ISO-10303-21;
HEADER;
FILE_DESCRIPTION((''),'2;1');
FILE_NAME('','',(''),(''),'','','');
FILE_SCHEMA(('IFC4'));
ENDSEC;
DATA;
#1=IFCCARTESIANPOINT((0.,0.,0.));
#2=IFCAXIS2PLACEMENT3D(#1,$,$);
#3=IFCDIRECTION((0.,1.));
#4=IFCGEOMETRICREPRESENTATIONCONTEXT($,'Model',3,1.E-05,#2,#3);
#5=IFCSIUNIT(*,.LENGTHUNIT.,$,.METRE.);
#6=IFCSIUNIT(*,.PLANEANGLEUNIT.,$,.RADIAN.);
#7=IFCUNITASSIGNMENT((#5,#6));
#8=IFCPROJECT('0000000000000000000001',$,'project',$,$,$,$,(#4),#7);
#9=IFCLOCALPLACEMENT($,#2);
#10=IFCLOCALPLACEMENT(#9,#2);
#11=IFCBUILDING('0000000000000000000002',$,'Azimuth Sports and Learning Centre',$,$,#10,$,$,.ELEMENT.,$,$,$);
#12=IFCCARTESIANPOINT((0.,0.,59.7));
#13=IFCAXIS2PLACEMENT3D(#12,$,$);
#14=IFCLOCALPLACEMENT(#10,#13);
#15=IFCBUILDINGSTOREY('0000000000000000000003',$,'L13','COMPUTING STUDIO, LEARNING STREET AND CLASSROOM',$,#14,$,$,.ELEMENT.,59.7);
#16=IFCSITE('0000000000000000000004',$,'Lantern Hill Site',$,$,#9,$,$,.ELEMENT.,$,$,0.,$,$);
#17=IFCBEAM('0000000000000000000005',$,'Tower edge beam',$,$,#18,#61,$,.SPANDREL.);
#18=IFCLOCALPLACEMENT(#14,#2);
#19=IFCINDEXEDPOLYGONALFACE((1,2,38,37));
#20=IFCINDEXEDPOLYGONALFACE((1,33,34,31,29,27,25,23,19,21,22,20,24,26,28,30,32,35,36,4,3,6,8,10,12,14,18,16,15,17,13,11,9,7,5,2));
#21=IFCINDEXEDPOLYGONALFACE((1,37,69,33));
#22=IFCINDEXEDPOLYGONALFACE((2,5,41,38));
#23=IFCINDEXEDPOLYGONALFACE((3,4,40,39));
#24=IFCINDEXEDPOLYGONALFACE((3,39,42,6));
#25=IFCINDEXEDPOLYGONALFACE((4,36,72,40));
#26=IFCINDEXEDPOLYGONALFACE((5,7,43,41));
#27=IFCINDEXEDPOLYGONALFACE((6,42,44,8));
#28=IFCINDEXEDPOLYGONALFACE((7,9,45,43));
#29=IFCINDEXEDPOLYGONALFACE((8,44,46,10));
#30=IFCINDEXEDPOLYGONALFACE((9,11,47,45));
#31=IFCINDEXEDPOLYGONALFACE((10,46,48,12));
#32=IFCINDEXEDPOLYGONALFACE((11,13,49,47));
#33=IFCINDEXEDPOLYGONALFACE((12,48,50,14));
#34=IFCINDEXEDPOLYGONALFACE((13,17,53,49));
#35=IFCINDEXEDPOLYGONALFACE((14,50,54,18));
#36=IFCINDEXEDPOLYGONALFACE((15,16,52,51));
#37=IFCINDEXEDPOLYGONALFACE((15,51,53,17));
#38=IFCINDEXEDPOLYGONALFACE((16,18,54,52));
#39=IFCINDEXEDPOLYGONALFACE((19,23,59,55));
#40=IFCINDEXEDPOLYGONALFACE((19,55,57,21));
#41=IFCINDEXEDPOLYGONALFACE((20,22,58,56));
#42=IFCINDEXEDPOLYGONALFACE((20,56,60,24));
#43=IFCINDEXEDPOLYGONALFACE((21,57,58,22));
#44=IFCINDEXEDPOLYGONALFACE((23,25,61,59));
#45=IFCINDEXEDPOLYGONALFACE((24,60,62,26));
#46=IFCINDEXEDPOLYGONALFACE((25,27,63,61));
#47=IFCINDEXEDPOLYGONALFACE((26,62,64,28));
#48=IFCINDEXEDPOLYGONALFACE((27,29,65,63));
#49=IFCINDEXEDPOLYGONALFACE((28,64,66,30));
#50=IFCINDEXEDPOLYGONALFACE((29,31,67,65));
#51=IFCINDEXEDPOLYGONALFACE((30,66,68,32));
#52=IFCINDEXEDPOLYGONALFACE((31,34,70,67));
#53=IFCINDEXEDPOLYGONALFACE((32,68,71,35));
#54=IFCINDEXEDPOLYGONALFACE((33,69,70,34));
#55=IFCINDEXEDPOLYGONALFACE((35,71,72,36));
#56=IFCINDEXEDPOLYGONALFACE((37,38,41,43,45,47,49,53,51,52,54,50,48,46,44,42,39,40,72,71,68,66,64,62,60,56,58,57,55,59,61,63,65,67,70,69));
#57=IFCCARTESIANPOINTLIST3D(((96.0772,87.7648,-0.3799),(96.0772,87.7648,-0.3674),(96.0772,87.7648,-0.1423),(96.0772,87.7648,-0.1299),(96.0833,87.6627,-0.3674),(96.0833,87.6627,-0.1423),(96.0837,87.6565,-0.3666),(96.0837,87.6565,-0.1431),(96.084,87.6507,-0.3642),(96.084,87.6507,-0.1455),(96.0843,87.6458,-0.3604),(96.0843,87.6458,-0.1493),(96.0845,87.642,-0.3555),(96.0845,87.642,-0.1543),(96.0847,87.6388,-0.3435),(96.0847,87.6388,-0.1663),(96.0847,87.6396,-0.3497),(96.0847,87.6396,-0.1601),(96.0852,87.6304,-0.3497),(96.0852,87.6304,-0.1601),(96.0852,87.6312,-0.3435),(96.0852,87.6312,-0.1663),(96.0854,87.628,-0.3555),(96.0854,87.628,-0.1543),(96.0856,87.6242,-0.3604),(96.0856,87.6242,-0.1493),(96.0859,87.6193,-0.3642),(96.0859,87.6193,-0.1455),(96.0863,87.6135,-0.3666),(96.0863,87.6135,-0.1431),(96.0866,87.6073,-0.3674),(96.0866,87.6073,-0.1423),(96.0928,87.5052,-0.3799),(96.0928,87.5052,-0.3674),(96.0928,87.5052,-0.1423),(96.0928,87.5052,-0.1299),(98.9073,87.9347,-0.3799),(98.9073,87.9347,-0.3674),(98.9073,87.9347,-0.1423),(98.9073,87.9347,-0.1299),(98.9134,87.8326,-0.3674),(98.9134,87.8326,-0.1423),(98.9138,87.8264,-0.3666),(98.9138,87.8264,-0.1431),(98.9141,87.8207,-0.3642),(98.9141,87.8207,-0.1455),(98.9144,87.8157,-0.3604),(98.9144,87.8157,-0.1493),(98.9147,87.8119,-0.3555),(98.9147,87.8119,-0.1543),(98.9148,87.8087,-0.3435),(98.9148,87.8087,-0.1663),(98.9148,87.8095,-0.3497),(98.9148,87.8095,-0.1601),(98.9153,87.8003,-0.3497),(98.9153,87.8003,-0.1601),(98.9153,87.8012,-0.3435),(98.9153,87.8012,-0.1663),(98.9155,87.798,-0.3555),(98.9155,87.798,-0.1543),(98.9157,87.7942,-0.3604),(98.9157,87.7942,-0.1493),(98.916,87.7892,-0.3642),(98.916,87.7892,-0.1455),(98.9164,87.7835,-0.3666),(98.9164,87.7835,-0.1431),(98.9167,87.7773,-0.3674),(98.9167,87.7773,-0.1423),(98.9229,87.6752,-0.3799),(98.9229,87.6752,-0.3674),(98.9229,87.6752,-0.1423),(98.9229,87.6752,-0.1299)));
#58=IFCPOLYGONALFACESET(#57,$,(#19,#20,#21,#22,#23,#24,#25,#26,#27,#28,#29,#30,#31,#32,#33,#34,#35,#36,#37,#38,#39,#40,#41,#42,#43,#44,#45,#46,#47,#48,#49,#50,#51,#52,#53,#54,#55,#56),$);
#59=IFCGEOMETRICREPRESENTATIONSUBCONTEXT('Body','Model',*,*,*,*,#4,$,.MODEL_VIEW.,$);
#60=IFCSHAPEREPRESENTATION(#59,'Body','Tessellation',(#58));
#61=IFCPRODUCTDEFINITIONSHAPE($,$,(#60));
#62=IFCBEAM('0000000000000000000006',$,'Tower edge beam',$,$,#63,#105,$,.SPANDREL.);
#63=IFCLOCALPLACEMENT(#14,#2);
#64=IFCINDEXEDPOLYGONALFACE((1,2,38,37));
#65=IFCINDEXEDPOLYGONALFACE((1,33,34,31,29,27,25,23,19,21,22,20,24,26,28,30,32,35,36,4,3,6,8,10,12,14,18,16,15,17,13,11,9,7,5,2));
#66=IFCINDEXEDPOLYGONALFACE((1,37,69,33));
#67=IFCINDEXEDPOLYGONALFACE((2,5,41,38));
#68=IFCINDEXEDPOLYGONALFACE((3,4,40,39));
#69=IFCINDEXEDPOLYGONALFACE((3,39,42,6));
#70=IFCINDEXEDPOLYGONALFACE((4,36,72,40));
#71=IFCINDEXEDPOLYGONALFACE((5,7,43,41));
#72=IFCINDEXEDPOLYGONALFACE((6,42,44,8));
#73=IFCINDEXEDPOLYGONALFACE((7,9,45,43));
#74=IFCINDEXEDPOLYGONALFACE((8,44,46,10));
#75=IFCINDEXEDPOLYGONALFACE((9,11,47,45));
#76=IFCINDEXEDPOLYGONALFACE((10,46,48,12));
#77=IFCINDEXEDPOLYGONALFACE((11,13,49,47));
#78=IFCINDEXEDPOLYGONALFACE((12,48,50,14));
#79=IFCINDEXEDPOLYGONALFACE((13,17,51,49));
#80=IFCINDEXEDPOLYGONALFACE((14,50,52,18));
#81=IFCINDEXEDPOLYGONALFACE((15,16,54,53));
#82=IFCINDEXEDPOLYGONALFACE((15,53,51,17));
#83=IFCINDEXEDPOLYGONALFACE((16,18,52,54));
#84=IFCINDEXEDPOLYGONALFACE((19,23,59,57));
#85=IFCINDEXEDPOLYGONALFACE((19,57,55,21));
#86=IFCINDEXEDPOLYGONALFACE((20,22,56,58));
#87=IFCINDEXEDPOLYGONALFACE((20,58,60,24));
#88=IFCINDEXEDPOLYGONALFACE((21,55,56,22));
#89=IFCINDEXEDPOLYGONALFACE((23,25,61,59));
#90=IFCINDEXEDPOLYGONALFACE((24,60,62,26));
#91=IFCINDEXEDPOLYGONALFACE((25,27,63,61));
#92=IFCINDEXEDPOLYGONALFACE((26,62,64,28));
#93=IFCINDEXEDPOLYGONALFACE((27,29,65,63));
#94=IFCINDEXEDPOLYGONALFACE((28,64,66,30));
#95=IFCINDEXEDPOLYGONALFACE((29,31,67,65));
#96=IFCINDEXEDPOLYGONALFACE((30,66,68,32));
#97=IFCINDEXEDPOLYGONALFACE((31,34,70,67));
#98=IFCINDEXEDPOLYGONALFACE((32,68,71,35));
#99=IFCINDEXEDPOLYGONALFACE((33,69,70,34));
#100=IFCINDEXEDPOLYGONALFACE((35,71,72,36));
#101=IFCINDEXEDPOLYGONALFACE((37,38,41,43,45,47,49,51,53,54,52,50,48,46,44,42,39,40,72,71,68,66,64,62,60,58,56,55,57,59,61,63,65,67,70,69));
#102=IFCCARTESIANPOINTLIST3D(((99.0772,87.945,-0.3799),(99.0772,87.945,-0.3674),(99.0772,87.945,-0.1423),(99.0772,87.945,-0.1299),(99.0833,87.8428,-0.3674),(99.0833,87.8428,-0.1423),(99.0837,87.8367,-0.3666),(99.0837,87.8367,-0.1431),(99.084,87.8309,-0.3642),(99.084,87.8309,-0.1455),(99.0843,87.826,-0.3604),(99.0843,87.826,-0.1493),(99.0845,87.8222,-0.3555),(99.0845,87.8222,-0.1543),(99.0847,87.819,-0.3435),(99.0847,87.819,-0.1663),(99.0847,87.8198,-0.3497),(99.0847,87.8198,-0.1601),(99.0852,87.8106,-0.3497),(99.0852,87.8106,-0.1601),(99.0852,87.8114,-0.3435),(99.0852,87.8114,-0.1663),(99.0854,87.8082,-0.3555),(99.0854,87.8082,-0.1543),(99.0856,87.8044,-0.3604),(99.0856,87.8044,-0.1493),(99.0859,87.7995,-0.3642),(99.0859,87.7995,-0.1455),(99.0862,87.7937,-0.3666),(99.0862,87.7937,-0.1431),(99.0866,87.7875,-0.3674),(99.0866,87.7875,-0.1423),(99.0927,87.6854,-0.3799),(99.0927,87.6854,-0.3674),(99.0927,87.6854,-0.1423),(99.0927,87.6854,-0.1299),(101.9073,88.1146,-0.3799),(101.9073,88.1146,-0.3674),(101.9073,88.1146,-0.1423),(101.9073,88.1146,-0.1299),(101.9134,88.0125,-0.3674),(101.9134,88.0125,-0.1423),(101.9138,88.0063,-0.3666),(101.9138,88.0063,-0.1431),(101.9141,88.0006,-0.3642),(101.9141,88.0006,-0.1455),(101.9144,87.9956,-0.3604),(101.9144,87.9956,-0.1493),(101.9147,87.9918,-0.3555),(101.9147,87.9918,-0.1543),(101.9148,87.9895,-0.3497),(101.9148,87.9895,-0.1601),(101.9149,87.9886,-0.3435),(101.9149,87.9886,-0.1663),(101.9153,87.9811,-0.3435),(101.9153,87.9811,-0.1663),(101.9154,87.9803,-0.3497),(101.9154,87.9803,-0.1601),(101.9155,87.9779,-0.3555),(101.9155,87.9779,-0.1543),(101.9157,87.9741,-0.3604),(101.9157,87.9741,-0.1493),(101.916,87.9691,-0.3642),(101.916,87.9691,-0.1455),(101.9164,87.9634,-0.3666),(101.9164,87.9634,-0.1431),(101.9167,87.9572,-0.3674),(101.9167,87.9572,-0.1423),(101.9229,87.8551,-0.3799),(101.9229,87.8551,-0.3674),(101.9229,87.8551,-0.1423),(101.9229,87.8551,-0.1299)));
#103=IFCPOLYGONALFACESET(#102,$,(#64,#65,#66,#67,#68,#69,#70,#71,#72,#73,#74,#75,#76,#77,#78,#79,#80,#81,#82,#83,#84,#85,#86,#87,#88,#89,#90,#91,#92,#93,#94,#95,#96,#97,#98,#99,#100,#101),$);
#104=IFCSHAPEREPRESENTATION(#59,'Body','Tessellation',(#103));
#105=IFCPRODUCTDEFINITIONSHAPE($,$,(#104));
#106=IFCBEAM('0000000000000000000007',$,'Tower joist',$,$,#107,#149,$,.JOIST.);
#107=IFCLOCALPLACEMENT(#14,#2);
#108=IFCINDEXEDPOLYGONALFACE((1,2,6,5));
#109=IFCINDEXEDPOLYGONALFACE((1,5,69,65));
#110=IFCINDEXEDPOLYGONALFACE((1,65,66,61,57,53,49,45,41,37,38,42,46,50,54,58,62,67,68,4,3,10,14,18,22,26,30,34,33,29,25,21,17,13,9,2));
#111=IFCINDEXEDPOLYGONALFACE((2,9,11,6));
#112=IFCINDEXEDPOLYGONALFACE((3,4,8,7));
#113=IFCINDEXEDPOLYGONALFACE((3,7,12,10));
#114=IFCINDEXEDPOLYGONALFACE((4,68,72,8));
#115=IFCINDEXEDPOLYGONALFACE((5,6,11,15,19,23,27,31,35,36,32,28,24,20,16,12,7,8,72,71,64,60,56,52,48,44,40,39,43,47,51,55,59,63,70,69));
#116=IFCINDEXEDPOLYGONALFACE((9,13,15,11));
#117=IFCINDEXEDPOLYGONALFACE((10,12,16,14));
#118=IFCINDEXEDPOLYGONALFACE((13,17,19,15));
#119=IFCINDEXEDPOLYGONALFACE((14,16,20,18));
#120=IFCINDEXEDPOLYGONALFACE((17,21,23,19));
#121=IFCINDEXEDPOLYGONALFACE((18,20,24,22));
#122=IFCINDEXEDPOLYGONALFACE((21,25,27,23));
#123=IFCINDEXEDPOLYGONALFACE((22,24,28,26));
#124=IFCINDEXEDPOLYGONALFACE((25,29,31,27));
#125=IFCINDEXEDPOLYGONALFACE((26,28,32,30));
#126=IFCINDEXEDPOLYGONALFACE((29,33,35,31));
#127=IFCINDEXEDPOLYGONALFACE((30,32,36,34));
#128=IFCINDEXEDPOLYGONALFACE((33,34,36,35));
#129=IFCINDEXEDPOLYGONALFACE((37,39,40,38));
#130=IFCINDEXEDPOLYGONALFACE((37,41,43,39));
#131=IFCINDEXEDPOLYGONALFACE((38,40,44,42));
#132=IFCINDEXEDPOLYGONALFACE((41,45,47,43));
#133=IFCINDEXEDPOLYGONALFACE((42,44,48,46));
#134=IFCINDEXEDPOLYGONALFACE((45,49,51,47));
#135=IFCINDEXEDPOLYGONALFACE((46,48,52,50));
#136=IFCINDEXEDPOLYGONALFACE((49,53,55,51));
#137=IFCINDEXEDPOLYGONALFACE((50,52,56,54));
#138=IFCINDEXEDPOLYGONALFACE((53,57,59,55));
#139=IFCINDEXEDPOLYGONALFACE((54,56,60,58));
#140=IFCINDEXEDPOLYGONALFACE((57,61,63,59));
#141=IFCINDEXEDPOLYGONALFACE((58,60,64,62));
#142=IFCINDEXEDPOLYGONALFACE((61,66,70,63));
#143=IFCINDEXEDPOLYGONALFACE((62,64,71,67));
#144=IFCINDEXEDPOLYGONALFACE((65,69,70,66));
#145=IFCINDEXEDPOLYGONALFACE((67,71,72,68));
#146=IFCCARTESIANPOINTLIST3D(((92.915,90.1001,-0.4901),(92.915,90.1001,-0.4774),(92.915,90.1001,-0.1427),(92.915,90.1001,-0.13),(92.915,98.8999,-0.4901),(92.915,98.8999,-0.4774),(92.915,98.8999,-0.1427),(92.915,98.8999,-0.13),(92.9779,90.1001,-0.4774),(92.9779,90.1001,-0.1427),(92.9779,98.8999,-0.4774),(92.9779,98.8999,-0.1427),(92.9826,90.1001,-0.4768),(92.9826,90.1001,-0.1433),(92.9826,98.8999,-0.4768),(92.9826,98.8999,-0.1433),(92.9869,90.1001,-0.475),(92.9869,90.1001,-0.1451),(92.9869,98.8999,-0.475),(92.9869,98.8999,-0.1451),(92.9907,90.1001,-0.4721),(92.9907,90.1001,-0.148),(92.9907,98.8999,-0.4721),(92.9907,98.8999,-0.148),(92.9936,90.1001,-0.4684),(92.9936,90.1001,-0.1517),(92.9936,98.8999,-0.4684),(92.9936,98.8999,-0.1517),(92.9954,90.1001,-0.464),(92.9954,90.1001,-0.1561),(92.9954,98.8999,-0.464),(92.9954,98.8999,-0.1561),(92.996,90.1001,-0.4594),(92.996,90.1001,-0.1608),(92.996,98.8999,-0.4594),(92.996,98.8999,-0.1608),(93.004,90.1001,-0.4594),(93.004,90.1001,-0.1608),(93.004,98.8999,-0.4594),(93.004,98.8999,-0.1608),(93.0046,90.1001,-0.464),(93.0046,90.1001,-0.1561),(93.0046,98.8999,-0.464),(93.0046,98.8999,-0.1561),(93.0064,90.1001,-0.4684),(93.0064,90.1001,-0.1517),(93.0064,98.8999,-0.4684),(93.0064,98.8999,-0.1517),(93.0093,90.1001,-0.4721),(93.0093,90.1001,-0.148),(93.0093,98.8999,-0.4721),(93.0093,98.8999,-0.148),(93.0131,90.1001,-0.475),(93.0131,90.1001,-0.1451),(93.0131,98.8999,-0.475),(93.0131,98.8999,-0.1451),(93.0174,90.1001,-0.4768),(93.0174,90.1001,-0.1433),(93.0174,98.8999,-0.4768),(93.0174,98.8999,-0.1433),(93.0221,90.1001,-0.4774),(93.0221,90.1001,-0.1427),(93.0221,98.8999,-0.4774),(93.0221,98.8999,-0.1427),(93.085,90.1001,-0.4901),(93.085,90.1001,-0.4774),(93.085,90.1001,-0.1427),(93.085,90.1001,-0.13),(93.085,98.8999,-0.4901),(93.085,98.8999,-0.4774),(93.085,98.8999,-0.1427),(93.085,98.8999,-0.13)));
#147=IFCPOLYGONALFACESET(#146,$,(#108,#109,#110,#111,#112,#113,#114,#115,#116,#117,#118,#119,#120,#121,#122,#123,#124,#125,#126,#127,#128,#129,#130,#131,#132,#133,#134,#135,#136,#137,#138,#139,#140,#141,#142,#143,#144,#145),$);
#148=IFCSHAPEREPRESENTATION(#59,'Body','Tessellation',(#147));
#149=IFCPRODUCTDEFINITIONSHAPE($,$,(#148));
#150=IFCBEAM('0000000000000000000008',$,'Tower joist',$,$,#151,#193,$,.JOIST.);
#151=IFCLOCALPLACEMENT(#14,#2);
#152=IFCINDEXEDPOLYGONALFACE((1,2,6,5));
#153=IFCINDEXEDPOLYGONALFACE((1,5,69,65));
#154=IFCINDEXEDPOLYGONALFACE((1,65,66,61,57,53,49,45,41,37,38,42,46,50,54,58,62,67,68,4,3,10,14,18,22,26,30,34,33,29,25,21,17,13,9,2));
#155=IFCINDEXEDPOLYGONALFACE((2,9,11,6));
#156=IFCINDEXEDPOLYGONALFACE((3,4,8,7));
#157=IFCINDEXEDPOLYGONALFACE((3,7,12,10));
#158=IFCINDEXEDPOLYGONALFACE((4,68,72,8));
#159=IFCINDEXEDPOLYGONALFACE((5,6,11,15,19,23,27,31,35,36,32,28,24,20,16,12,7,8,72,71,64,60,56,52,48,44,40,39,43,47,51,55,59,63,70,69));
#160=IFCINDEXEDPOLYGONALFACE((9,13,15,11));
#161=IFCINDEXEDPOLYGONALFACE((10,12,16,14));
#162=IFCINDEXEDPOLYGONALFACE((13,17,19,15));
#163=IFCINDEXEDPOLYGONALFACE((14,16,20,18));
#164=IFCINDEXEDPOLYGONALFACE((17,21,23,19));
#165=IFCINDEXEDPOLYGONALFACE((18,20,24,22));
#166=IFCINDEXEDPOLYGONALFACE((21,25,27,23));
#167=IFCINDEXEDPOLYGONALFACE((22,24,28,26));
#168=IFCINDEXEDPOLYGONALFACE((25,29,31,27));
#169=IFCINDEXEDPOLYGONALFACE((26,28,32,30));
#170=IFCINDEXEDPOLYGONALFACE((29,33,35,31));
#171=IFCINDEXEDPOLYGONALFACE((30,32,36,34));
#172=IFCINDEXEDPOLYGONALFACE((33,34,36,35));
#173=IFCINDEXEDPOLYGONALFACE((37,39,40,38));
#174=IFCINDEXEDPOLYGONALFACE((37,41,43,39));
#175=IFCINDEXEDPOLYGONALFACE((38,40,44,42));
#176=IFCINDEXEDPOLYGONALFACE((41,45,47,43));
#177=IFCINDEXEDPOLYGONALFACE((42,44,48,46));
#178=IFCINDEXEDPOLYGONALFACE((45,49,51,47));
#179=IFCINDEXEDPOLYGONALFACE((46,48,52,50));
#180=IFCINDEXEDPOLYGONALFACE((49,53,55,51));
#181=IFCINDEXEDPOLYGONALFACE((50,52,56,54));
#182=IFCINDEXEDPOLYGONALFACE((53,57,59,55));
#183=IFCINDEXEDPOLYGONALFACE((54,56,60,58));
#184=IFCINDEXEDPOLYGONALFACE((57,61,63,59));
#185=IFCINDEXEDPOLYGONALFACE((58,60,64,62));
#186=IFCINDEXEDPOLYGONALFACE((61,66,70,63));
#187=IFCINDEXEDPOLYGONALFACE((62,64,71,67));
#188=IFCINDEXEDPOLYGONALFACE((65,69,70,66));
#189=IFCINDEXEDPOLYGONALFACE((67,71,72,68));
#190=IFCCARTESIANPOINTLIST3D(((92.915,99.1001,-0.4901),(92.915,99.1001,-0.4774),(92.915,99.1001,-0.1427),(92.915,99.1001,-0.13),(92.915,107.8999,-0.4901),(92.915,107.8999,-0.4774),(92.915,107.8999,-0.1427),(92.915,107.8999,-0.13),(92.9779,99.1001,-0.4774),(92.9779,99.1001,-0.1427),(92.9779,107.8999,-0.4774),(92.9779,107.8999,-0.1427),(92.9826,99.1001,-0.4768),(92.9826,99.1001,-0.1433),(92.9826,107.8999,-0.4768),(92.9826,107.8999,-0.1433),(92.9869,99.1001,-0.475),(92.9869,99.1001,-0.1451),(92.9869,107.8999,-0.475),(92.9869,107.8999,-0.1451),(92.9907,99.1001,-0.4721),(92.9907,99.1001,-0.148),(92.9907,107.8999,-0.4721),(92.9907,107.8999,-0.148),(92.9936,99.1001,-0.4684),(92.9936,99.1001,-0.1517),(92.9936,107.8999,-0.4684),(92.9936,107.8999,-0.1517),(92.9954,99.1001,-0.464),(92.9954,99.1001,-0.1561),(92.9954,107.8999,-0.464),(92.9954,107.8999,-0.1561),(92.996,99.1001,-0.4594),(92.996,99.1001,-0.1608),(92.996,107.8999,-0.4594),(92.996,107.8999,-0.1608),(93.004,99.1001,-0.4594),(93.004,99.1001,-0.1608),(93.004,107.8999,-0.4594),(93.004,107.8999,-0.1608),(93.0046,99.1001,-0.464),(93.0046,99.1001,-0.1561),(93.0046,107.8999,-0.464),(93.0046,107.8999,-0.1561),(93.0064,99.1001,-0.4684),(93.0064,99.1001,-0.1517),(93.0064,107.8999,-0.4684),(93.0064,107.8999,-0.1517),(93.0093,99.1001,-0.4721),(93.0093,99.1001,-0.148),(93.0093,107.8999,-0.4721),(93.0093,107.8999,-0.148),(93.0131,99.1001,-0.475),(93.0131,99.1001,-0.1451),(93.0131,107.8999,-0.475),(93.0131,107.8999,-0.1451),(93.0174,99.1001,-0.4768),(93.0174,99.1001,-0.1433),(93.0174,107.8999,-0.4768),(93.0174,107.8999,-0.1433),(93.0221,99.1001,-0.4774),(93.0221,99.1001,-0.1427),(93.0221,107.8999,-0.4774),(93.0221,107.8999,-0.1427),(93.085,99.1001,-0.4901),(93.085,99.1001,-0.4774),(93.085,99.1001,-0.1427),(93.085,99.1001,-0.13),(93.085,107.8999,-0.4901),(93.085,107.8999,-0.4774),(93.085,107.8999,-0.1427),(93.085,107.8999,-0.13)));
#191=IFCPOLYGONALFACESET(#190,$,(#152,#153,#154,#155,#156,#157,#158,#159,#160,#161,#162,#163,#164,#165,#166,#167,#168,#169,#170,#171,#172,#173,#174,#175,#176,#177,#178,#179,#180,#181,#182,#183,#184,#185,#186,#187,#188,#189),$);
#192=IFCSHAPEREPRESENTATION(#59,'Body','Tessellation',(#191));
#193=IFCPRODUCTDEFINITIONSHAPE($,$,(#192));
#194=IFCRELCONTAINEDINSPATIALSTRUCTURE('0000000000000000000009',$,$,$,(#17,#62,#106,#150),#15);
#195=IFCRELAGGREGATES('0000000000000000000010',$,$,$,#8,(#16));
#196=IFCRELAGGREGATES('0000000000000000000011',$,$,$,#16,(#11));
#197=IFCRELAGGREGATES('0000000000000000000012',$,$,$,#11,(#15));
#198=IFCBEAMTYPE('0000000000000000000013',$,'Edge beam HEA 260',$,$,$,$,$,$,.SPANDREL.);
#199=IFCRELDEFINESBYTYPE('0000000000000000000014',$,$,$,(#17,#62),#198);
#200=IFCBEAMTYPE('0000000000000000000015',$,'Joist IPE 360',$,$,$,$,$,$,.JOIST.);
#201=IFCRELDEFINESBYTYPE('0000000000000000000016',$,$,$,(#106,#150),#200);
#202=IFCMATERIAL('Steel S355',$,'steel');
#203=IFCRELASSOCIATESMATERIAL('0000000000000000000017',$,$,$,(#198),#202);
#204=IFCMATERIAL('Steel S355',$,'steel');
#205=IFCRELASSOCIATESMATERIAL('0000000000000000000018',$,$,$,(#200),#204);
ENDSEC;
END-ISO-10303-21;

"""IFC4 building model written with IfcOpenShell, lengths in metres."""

from ifc_helpers import new_model, si_unit, direction, frame, origin, origin_2d, place, context, subcontext, project, spatial, i_section, extrude, material, material_profile, profile_set, type_object, element, save


model = new_model("IFC4")

# Units and contexts
model_context = context("Model", 3, precision=1e-05, world=origin(), true_north=direction((0.0, 1.0)))
body_context = subcontext(model_context, "Body", "Model", "MODEL_VIEW")
ifc_project = project(units=[si_unit("LENGTHUNIT", "METRE"), si_unit("PLANEANGLEUNIT", "RADIAN")], contexts=[model_context])

# Site, building, storey
site_placement = place(None, origin())
site = spatial("IfcSite", under=ifc_project, at=site_placement, Name="Lantern Hill Site", CompositionType="ELEMENT", RefElevation=0.0)
building_placement = place(site_placement, origin())
building = spatial("IfcBuilding", under=site, at=building_placement, Name="Azimuth Sports and Learning Centre", CompositionType="ELEMENT")
storey_placement = place(building_placement, frame((0.0, 0.0, 59.7)))
storey = spatial("IfcBuildingStorey", under=building, at=storey_placement, Name="L13", Description="COMPUTING STUDIO, LEARNING STREET AND CLASSROOM", CompositionType="ELEMENT", Elevation=59.7)

# Beams
ifc_material_1 = material(Name="Steel S355", Category="steel")
ifc_material_profile_1 = material_profile(ifc_material_1, i_section(OverallWidth=0.26, OverallDepth=0.25, WebThickness=0.0076, FlangeThickness=0.0125, FilletRadius=0.0239, at=origin_2d()), Name="HEA 260")
ifc_profile_set_1 = profile_set([ifc_material_profile_1], Name="Steel S355")
beam_type_1 = type_object("IfcBeamType", Name="Edge beam HEA 260", PredefinedType="SPANDREL", material=ifc_profile_set_1)
for number, where, z_axis, x_axis, name in (
    (1, (96.085, 87.635, -0.2549), (0.998202, 0.059933, 0.0), (-0.059933, 0.998202, 0.0), "Tower edge beam"),
    (2, (99.085, 87.8152, -0.2549), (0.998208, 0.059848, 0.0), (-0.059848, 0.998208, 0.0), "Tower edge beam"),
):
    element("IfcBeam", number, at=place(storey_placement, frame(where, z_axis=z_axis, x_axis=x_axis)), inside=storey, type_object=beam_type_1, Name=name, PredefinedType="SPANDREL", context=body_context, shape_type="SweptSolid", body=[
        extrude(i_section(OverallWidth=0.26, OverallDepth=0.25, WebThickness=0.0076, FlangeThickness=0.0125, FilletRadius=0.0239, at=origin_2d()), origin(), (0.0, 0.0, 1.0), 2.8352),
    ])
ifc_material_2 = material(Name="Steel S355", Category="steel")
ifc_material_profile_2 = material_profile(ifc_material_2, i_section(OverallWidth=0.1699, OverallDepth=0.3601, WebThickness=0.0081, FlangeThickness=0.0127, FilletRadius=0.0181, at=origin_2d()), Name="IPE 360")
ifc_profile_set_2 = profile_set([ifc_material_profile_2], Name="Steel S355")
beam_type_2 = type_object("IfcBeamType", Name="Joist IPE 360", PredefinedType="JOIST", material=ifc_profile_set_2)
for number, where, z_axis, x_axis, name in (
    (3, (93.0, 90.1001, -0.3101), (0.0, 1.0, 0.0), (-1.0, 0.0, 0.0), "Tower joist"),
    (4, (93.0, 99.1001, -0.3101), (0.0, 1.0, 0.0), (-1.0, 0.0, 0.0), "Tower joist"),
):
    element("IfcBeam", number, at=place(storey_placement, frame(where, z_axis=z_axis, x_axis=x_axis)), inside=storey, type_object=beam_type_2, Name=name, PredefinedType="JOIST", context=body_context, shape_type="SweptSolid", body=[
        extrude(i_section(OverallWidth=0.1699, OverallDepth=0.3601, WebThickness=0.0081, FlangeThickness=0.0127, FilletRadius=0.0181, at=origin_2d()), origin(), (0.0, 0.0, 1.0), 8.7998),
    ])

save(model, "model.ifc")
